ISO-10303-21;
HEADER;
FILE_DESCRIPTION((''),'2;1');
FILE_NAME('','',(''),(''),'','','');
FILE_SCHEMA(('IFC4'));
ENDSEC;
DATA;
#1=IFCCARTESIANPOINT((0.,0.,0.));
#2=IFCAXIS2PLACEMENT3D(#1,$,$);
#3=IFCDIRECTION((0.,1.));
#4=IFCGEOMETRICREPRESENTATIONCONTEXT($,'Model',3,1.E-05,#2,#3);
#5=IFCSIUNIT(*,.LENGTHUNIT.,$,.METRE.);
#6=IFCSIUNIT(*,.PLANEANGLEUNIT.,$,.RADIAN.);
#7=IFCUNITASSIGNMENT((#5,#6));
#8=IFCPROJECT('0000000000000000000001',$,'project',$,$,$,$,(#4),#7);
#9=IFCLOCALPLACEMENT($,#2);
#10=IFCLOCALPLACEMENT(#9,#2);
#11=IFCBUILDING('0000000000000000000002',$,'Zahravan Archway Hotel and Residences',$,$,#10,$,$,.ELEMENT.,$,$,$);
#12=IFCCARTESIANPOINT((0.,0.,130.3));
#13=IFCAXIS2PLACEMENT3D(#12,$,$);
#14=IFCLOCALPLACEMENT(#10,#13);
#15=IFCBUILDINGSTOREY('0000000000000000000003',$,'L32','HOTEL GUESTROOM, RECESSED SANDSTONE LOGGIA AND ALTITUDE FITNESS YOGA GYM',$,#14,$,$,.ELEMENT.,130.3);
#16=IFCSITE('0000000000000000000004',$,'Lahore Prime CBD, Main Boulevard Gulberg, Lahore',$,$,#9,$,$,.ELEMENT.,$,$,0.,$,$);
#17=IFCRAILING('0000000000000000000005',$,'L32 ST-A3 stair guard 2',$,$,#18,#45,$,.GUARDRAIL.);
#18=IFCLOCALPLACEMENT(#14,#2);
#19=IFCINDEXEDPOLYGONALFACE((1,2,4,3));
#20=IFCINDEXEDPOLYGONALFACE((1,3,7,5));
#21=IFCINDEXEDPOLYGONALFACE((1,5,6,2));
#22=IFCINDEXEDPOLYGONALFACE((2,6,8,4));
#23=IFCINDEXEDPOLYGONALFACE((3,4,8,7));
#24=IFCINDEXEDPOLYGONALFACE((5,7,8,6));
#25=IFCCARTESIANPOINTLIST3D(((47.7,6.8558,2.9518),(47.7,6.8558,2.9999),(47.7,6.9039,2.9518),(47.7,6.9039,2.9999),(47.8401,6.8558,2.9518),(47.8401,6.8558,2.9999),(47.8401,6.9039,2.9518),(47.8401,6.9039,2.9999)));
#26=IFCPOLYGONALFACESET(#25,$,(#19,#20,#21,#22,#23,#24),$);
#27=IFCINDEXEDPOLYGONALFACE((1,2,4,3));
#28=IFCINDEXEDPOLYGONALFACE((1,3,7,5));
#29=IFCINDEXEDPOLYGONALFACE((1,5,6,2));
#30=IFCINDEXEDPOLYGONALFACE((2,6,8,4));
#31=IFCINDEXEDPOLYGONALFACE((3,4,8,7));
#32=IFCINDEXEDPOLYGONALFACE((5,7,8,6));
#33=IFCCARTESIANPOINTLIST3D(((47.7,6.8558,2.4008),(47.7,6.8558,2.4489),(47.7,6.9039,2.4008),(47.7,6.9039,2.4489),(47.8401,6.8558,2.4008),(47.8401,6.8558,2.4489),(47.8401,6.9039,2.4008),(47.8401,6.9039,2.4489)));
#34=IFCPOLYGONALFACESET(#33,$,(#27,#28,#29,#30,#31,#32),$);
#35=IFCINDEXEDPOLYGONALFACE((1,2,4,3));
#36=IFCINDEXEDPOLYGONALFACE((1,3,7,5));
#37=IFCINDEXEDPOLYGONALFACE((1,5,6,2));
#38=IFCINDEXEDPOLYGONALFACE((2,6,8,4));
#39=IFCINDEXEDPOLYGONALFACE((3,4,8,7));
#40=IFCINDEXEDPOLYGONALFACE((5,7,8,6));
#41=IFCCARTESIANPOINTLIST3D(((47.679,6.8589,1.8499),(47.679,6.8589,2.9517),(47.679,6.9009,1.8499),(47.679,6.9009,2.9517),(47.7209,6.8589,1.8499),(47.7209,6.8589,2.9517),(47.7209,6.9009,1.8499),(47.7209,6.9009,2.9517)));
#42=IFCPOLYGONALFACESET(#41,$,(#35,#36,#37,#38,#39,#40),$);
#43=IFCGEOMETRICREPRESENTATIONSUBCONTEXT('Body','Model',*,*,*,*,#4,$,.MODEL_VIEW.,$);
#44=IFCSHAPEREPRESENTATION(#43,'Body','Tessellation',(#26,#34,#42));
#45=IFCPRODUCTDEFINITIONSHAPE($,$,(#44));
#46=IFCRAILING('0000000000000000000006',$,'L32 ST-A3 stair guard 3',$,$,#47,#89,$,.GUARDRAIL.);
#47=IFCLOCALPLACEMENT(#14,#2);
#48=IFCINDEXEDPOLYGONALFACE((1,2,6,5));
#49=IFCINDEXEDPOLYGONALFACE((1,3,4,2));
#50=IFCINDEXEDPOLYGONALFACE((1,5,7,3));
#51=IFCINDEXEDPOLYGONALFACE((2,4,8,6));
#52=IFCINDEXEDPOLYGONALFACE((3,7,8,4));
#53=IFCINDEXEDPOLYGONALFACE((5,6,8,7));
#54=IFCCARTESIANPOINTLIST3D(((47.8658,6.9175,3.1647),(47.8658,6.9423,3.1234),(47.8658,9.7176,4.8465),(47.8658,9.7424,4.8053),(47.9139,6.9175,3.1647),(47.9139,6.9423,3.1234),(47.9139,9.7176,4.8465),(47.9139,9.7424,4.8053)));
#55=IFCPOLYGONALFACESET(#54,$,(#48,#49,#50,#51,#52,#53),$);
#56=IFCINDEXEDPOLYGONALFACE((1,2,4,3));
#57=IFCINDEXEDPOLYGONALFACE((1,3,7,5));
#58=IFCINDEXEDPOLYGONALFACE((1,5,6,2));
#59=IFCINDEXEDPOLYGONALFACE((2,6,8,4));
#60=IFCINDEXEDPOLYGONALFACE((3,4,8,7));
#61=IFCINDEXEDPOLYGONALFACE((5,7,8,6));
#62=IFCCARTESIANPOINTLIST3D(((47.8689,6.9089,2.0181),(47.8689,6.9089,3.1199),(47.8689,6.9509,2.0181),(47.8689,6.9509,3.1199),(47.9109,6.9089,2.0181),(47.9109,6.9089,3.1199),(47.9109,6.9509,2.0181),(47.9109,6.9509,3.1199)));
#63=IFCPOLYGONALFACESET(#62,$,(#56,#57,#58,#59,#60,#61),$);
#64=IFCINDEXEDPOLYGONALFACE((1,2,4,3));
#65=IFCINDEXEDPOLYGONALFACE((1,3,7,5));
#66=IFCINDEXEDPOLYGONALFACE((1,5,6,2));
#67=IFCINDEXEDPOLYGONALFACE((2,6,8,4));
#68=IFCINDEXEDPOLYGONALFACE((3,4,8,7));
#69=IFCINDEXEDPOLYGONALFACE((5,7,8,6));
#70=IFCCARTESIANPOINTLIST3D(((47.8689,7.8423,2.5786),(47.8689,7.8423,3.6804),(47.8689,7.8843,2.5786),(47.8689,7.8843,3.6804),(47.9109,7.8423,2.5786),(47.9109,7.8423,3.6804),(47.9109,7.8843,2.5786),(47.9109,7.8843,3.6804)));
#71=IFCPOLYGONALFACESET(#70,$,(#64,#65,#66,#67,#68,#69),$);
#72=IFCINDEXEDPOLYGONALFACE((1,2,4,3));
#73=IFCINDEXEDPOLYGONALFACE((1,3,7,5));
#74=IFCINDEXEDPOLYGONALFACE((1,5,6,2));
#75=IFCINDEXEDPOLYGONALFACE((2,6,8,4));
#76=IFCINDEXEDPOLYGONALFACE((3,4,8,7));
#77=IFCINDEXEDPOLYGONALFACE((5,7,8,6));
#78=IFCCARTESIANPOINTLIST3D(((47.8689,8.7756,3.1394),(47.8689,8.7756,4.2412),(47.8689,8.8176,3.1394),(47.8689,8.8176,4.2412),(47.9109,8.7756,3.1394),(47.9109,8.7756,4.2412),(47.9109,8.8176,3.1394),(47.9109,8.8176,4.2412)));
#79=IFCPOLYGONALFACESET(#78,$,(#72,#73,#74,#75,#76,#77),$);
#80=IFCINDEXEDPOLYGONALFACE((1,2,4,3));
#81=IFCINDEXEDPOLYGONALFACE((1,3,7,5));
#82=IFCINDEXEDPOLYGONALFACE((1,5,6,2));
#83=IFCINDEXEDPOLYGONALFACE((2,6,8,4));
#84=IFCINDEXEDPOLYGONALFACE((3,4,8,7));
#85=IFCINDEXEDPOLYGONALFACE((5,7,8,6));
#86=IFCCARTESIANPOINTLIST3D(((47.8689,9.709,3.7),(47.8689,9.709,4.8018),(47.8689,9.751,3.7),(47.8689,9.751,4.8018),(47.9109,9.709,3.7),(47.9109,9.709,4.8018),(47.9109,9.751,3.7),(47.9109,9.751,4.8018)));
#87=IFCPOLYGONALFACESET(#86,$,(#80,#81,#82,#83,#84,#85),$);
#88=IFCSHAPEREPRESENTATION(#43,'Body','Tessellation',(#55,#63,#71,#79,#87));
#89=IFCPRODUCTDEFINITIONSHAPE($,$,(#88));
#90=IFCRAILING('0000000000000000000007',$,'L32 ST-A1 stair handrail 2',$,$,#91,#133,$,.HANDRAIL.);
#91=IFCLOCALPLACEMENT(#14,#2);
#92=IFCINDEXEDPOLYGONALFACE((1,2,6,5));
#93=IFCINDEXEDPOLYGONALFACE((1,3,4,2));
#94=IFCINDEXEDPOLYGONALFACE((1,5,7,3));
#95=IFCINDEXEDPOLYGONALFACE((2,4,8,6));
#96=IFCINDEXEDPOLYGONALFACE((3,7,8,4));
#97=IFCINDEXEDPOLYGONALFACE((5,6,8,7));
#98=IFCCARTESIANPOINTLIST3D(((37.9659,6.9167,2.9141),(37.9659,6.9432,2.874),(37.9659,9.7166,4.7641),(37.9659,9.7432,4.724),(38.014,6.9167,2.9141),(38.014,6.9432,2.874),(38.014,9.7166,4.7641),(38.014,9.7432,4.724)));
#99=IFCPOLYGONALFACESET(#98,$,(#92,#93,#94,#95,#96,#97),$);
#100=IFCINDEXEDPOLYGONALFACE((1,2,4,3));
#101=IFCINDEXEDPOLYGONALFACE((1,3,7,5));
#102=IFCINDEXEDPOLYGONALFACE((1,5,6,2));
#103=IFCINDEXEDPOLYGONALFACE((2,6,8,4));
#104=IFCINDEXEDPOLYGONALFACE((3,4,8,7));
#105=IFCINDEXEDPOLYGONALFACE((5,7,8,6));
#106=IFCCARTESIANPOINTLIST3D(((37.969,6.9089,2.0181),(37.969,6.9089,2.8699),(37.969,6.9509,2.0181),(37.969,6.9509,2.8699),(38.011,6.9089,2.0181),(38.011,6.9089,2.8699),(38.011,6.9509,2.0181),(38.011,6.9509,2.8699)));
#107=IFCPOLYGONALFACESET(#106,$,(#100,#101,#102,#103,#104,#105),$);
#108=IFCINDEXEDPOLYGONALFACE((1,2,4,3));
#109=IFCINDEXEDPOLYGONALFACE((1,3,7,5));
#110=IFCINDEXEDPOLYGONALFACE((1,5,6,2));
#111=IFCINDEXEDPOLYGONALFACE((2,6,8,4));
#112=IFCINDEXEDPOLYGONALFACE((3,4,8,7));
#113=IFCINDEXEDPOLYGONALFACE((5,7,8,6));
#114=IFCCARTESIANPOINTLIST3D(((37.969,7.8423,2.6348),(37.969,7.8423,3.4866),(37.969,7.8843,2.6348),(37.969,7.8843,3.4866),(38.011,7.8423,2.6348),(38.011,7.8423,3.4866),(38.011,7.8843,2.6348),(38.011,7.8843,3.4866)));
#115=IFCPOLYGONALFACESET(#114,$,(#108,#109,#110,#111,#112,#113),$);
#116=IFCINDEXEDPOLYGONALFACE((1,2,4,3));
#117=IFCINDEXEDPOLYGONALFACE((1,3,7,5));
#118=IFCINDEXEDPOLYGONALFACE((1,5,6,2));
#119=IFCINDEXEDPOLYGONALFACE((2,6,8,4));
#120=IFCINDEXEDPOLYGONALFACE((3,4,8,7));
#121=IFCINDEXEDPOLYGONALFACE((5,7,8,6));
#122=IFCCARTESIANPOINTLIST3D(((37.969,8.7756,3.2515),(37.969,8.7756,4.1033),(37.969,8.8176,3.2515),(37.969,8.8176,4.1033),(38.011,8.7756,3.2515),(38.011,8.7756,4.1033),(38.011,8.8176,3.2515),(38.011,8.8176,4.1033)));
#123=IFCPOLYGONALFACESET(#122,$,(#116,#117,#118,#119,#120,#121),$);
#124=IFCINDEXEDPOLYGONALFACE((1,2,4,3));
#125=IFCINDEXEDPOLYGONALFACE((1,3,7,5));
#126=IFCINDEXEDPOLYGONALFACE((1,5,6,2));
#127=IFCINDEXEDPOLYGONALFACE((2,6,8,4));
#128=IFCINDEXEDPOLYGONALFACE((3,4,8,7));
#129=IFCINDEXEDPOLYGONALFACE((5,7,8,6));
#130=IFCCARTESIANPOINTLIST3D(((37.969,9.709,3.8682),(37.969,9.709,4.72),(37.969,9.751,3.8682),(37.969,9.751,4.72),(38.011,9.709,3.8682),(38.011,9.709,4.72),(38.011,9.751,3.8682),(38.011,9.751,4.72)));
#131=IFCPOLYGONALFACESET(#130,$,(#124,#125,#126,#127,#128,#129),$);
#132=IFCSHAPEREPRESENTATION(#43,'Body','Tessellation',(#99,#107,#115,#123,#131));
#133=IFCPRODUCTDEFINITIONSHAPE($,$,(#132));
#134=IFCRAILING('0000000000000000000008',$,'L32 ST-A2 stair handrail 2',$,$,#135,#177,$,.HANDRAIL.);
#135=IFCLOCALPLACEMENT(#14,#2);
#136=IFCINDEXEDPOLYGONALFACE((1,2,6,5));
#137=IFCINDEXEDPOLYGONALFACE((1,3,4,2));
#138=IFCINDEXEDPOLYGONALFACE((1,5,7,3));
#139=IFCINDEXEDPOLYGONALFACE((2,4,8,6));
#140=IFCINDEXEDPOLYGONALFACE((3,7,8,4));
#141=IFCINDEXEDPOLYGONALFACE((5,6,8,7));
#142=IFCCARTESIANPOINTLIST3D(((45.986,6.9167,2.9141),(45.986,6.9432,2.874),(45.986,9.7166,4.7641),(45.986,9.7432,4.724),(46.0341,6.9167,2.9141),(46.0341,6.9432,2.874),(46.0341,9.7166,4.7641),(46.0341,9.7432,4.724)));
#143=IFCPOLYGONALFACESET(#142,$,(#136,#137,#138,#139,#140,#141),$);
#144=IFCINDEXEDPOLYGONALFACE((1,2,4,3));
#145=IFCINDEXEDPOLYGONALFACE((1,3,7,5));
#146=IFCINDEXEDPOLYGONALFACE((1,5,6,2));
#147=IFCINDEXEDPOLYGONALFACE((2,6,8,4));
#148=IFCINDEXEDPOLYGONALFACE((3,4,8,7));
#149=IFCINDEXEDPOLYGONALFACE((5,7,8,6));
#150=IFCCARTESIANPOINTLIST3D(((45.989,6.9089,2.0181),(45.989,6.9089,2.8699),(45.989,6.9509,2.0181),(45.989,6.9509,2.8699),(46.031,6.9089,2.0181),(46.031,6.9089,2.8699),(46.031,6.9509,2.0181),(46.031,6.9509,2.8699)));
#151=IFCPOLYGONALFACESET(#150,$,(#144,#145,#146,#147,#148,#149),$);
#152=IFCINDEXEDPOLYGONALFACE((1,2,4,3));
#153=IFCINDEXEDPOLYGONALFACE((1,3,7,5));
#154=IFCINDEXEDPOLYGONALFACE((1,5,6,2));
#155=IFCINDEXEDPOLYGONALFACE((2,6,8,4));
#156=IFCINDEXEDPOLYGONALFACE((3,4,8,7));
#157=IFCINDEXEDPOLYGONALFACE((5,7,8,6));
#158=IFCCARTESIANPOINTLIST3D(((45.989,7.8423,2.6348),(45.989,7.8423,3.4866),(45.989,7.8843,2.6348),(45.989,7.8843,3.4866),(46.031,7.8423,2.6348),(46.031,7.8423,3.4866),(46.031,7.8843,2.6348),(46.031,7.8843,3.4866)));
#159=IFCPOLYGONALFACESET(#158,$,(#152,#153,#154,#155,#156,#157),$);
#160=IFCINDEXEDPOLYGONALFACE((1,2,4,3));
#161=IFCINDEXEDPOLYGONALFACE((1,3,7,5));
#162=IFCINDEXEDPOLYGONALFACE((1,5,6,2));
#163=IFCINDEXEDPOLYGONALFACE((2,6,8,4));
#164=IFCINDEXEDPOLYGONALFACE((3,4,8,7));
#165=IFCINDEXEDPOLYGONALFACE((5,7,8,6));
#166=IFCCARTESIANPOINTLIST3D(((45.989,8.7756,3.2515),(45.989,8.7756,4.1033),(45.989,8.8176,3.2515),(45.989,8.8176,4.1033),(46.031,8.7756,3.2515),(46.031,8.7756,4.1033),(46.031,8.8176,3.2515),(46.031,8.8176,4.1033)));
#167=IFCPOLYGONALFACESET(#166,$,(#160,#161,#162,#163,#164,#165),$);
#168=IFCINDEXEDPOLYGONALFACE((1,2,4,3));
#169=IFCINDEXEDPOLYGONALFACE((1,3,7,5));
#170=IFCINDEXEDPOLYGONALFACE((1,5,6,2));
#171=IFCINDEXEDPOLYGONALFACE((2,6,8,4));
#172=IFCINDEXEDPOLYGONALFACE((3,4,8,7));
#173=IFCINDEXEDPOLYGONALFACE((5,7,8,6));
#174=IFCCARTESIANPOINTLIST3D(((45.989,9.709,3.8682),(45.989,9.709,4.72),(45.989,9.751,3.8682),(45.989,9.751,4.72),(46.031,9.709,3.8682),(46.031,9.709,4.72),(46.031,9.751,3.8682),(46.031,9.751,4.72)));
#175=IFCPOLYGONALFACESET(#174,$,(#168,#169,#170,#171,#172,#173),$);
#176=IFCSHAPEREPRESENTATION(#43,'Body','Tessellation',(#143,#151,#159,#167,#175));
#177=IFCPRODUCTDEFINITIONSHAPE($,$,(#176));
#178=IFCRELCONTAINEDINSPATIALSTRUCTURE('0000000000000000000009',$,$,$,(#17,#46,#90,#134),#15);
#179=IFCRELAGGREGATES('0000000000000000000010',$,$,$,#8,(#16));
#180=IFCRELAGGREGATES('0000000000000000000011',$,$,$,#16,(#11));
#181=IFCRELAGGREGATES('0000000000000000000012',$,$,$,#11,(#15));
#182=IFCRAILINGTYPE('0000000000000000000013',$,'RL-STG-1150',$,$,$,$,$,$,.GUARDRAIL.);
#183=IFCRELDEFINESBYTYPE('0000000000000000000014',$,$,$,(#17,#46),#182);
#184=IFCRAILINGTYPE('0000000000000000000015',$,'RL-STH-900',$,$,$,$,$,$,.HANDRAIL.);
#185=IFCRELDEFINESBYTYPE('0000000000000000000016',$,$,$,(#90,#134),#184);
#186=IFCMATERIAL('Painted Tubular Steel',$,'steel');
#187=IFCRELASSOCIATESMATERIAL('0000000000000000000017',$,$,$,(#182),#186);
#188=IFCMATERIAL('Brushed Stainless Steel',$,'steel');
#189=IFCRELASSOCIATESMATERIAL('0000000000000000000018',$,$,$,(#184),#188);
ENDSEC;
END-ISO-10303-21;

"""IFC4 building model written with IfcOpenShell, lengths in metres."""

from ifc_helpers import new_model, si_unit, direction, frame, origin, origin_2d, place, context, subcontext, project, spatial, rectangle, extrude, material, type_object, element, save


model = new_model("IFC4")

# Units and contexts
model_context = context("Model", 3, precision=1e-05, world=origin(), true_north=direction((0.0, 1.0)))
body_context = subcontext(model_context, "Body", "Model", "MODEL_VIEW")
ifc_project = project(units=[si_unit("LENGTHUNIT", "METRE"), si_unit("PLANEANGLEUNIT", "RADIAN")], contexts=[model_context])

# Site, building, storey
site_placement = place(None, origin())
site = spatial("IfcSite", under=ifc_project, at=site_placement, Name="Lahore Prime CBD, Main Boulevard Gulberg, Lahore", CompositionType="ELEMENT", RefElevation=0.0)
building_placement = place(site_placement, origin())
building = spatial("IfcBuilding", under=site, at=building_placement, Name="Zahravan Archway Hotel and Residences", CompositionType="ELEMENT")
storey_placement = place(building_placement, frame((0.0, 0.0, 130.3)))
storey = spatial("IfcBuildingStorey", under=building, at=storey_placement, Name="L32", Description="HOTEL GUESTROOM, RECESSED SANDSTONE LOGGIA AND ALTITUDE FITNESS YOGA GYM", CompositionType="ELEMENT", Elevation=130.3)

# Railings
ifc_material_1 = material(Name="Painted Tubular Steel", Category="steel")
railing_type_1 = type_object("IfcRailingType", Name="RL-STG-1150", PredefinedType="GUARDRAIL", material=ifc_material_1)
railing_1_placement = place(storey_placement, frame((47.7, 6.8799, 1.8499)))
element("IfcRailing", 1, at=railing_1_placement, inside=storey, type_object=railing_type_1, Name="L32 ST-A3 stair guard 2", PredefinedType="GUARDRAIL", context=body_context, shape_type="SweptSolid", body=[
    extrude(rectangle(XDim=0.0481, YDim=0.0481, at=origin_2d()), frame((0.0, 0.0, 1.126), z_axis=(1.0, 0.0, 0.0), x_axis=(0.0, 1.0, 0.0)), (0.0, 0.0, 1.0), 0.1401),
    extrude(rectangle(XDim=0.0481, YDim=0.0481, at=origin_2d()), frame((0.0, 0.0, 0.575), z_axis=(1.0, 0.0, 0.0), x_axis=(0.0, 1.0, 0.0)), (0.0, 0.0, 1.0), 0.1401),
    extrude(rectangle(XDim=0.042, YDim=0.042, at=origin_2d()), origin(), (0.0, 0.0, 1.0), 1.1018),
])
railing_2_placement = place(storey_placement, frame((47.8899, 6.9299, 2.0181)))
element("IfcRailing", 2, at=railing_2_placement, inside=storey, type_object=railing_type_1, Name="L32 ST-A3 stair guard 3", PredefinedType="GUARDRAIL", context=body_context, shape_type="SweptSolid", body=[
    extrude(rectangle(XDim=0.0481, YDim=0.0481, at=origin_2d()), frame((0.0, 0.0, 1.126), z_axis=(0.0, 0.857242, 0.514913), x_axis=(-1.0, 0.0, 0.0)), (0.0, 0.0, 1.0), 3.2664),
    extrude(rectangle(XDim=0.042, YDim=0.042, at=origin_2d()), origin(), (0.0, 0.0, 1.0), 1.1018),
    extrude(rectangle(XDim=0.042, YDim=0.042, at=origin_2d()), frame((0.0, 0.9333, 0.5605)), (0.0, 0.0, 1.0), 1.1018),
    extrude(rectangle(XDim=0.042, YDim=0.042, at=origin_2d()), frame((0.0, 1.8667, 1.1213)), (0.0, 0.0, 1.0), 1.1018),
    extrude(rectangle(XDim=0.042, YDim=0.042, at=origin_2d()), frame((0.0, 2.8, 1.6819)), (0.0, 0.0, 1.0), 1.1018),
])
ifc_material_2 = material(Name="Brushed Stainless Steel", Category="steel")
railing_type_2 = type_object("IfcRailingType", Name="RL-STH-900", PredefinedType="HANDRAIL", material=ifc_material_2)
for number, where, name in (
    (3, (37.99, 6.9299, 2.0181), "L32 ST-A1 stair handrail 2"),
    (4, (46.01, 6.9299, 2.0181), "L32 ST-A2 stair handrail 2"),
):
    element("IfcRailing", number, at=place(storey_placement, frame(where)), inside=storey, type_object=railing_type_2, Name=name, PredefinedType="HANDRAIL", context=body_context, shape_type="SweptSolid", body=[
        extrude(rectangle(XDim=0.0481, YDim=0.0481, at=origin_2d()), frame((0.0, 0.0, 0.876), z_axis=(0.0, 0.834326, 0.551271), x_axis=(-1.0, 0.0, 0.0)), (0.0, 0.0, 1.0), 3.356),
        extrude(rectangle(XDim=0.042, YDim=0.042, at=origin_2d()), origin(), (0.0, 0.0, 1.0), 0.8518),
        extrude(rectangle(XDim=0.042, YDim=0.042, at=origin_2d()), frame((0.0, 0.9333, 0.6167)), (0.0, 0.0, 1.0), 0.8518),
        extrude(rectangle(XDim=0.042, YDim=0.042, at=origin_2d()), frame((0.0, 1.8667, 1.2334)), (0.0, 0.0, 1.0), 0.8518),
        extrude(rectangle(XDim=0.042, YDim=0.042, at=origin_2d()), frame((0.0, 2.8, 1.8501)), (0.0, 0.0, 1.0), 0.8518),
    ])

save(model, "model.ifc")
